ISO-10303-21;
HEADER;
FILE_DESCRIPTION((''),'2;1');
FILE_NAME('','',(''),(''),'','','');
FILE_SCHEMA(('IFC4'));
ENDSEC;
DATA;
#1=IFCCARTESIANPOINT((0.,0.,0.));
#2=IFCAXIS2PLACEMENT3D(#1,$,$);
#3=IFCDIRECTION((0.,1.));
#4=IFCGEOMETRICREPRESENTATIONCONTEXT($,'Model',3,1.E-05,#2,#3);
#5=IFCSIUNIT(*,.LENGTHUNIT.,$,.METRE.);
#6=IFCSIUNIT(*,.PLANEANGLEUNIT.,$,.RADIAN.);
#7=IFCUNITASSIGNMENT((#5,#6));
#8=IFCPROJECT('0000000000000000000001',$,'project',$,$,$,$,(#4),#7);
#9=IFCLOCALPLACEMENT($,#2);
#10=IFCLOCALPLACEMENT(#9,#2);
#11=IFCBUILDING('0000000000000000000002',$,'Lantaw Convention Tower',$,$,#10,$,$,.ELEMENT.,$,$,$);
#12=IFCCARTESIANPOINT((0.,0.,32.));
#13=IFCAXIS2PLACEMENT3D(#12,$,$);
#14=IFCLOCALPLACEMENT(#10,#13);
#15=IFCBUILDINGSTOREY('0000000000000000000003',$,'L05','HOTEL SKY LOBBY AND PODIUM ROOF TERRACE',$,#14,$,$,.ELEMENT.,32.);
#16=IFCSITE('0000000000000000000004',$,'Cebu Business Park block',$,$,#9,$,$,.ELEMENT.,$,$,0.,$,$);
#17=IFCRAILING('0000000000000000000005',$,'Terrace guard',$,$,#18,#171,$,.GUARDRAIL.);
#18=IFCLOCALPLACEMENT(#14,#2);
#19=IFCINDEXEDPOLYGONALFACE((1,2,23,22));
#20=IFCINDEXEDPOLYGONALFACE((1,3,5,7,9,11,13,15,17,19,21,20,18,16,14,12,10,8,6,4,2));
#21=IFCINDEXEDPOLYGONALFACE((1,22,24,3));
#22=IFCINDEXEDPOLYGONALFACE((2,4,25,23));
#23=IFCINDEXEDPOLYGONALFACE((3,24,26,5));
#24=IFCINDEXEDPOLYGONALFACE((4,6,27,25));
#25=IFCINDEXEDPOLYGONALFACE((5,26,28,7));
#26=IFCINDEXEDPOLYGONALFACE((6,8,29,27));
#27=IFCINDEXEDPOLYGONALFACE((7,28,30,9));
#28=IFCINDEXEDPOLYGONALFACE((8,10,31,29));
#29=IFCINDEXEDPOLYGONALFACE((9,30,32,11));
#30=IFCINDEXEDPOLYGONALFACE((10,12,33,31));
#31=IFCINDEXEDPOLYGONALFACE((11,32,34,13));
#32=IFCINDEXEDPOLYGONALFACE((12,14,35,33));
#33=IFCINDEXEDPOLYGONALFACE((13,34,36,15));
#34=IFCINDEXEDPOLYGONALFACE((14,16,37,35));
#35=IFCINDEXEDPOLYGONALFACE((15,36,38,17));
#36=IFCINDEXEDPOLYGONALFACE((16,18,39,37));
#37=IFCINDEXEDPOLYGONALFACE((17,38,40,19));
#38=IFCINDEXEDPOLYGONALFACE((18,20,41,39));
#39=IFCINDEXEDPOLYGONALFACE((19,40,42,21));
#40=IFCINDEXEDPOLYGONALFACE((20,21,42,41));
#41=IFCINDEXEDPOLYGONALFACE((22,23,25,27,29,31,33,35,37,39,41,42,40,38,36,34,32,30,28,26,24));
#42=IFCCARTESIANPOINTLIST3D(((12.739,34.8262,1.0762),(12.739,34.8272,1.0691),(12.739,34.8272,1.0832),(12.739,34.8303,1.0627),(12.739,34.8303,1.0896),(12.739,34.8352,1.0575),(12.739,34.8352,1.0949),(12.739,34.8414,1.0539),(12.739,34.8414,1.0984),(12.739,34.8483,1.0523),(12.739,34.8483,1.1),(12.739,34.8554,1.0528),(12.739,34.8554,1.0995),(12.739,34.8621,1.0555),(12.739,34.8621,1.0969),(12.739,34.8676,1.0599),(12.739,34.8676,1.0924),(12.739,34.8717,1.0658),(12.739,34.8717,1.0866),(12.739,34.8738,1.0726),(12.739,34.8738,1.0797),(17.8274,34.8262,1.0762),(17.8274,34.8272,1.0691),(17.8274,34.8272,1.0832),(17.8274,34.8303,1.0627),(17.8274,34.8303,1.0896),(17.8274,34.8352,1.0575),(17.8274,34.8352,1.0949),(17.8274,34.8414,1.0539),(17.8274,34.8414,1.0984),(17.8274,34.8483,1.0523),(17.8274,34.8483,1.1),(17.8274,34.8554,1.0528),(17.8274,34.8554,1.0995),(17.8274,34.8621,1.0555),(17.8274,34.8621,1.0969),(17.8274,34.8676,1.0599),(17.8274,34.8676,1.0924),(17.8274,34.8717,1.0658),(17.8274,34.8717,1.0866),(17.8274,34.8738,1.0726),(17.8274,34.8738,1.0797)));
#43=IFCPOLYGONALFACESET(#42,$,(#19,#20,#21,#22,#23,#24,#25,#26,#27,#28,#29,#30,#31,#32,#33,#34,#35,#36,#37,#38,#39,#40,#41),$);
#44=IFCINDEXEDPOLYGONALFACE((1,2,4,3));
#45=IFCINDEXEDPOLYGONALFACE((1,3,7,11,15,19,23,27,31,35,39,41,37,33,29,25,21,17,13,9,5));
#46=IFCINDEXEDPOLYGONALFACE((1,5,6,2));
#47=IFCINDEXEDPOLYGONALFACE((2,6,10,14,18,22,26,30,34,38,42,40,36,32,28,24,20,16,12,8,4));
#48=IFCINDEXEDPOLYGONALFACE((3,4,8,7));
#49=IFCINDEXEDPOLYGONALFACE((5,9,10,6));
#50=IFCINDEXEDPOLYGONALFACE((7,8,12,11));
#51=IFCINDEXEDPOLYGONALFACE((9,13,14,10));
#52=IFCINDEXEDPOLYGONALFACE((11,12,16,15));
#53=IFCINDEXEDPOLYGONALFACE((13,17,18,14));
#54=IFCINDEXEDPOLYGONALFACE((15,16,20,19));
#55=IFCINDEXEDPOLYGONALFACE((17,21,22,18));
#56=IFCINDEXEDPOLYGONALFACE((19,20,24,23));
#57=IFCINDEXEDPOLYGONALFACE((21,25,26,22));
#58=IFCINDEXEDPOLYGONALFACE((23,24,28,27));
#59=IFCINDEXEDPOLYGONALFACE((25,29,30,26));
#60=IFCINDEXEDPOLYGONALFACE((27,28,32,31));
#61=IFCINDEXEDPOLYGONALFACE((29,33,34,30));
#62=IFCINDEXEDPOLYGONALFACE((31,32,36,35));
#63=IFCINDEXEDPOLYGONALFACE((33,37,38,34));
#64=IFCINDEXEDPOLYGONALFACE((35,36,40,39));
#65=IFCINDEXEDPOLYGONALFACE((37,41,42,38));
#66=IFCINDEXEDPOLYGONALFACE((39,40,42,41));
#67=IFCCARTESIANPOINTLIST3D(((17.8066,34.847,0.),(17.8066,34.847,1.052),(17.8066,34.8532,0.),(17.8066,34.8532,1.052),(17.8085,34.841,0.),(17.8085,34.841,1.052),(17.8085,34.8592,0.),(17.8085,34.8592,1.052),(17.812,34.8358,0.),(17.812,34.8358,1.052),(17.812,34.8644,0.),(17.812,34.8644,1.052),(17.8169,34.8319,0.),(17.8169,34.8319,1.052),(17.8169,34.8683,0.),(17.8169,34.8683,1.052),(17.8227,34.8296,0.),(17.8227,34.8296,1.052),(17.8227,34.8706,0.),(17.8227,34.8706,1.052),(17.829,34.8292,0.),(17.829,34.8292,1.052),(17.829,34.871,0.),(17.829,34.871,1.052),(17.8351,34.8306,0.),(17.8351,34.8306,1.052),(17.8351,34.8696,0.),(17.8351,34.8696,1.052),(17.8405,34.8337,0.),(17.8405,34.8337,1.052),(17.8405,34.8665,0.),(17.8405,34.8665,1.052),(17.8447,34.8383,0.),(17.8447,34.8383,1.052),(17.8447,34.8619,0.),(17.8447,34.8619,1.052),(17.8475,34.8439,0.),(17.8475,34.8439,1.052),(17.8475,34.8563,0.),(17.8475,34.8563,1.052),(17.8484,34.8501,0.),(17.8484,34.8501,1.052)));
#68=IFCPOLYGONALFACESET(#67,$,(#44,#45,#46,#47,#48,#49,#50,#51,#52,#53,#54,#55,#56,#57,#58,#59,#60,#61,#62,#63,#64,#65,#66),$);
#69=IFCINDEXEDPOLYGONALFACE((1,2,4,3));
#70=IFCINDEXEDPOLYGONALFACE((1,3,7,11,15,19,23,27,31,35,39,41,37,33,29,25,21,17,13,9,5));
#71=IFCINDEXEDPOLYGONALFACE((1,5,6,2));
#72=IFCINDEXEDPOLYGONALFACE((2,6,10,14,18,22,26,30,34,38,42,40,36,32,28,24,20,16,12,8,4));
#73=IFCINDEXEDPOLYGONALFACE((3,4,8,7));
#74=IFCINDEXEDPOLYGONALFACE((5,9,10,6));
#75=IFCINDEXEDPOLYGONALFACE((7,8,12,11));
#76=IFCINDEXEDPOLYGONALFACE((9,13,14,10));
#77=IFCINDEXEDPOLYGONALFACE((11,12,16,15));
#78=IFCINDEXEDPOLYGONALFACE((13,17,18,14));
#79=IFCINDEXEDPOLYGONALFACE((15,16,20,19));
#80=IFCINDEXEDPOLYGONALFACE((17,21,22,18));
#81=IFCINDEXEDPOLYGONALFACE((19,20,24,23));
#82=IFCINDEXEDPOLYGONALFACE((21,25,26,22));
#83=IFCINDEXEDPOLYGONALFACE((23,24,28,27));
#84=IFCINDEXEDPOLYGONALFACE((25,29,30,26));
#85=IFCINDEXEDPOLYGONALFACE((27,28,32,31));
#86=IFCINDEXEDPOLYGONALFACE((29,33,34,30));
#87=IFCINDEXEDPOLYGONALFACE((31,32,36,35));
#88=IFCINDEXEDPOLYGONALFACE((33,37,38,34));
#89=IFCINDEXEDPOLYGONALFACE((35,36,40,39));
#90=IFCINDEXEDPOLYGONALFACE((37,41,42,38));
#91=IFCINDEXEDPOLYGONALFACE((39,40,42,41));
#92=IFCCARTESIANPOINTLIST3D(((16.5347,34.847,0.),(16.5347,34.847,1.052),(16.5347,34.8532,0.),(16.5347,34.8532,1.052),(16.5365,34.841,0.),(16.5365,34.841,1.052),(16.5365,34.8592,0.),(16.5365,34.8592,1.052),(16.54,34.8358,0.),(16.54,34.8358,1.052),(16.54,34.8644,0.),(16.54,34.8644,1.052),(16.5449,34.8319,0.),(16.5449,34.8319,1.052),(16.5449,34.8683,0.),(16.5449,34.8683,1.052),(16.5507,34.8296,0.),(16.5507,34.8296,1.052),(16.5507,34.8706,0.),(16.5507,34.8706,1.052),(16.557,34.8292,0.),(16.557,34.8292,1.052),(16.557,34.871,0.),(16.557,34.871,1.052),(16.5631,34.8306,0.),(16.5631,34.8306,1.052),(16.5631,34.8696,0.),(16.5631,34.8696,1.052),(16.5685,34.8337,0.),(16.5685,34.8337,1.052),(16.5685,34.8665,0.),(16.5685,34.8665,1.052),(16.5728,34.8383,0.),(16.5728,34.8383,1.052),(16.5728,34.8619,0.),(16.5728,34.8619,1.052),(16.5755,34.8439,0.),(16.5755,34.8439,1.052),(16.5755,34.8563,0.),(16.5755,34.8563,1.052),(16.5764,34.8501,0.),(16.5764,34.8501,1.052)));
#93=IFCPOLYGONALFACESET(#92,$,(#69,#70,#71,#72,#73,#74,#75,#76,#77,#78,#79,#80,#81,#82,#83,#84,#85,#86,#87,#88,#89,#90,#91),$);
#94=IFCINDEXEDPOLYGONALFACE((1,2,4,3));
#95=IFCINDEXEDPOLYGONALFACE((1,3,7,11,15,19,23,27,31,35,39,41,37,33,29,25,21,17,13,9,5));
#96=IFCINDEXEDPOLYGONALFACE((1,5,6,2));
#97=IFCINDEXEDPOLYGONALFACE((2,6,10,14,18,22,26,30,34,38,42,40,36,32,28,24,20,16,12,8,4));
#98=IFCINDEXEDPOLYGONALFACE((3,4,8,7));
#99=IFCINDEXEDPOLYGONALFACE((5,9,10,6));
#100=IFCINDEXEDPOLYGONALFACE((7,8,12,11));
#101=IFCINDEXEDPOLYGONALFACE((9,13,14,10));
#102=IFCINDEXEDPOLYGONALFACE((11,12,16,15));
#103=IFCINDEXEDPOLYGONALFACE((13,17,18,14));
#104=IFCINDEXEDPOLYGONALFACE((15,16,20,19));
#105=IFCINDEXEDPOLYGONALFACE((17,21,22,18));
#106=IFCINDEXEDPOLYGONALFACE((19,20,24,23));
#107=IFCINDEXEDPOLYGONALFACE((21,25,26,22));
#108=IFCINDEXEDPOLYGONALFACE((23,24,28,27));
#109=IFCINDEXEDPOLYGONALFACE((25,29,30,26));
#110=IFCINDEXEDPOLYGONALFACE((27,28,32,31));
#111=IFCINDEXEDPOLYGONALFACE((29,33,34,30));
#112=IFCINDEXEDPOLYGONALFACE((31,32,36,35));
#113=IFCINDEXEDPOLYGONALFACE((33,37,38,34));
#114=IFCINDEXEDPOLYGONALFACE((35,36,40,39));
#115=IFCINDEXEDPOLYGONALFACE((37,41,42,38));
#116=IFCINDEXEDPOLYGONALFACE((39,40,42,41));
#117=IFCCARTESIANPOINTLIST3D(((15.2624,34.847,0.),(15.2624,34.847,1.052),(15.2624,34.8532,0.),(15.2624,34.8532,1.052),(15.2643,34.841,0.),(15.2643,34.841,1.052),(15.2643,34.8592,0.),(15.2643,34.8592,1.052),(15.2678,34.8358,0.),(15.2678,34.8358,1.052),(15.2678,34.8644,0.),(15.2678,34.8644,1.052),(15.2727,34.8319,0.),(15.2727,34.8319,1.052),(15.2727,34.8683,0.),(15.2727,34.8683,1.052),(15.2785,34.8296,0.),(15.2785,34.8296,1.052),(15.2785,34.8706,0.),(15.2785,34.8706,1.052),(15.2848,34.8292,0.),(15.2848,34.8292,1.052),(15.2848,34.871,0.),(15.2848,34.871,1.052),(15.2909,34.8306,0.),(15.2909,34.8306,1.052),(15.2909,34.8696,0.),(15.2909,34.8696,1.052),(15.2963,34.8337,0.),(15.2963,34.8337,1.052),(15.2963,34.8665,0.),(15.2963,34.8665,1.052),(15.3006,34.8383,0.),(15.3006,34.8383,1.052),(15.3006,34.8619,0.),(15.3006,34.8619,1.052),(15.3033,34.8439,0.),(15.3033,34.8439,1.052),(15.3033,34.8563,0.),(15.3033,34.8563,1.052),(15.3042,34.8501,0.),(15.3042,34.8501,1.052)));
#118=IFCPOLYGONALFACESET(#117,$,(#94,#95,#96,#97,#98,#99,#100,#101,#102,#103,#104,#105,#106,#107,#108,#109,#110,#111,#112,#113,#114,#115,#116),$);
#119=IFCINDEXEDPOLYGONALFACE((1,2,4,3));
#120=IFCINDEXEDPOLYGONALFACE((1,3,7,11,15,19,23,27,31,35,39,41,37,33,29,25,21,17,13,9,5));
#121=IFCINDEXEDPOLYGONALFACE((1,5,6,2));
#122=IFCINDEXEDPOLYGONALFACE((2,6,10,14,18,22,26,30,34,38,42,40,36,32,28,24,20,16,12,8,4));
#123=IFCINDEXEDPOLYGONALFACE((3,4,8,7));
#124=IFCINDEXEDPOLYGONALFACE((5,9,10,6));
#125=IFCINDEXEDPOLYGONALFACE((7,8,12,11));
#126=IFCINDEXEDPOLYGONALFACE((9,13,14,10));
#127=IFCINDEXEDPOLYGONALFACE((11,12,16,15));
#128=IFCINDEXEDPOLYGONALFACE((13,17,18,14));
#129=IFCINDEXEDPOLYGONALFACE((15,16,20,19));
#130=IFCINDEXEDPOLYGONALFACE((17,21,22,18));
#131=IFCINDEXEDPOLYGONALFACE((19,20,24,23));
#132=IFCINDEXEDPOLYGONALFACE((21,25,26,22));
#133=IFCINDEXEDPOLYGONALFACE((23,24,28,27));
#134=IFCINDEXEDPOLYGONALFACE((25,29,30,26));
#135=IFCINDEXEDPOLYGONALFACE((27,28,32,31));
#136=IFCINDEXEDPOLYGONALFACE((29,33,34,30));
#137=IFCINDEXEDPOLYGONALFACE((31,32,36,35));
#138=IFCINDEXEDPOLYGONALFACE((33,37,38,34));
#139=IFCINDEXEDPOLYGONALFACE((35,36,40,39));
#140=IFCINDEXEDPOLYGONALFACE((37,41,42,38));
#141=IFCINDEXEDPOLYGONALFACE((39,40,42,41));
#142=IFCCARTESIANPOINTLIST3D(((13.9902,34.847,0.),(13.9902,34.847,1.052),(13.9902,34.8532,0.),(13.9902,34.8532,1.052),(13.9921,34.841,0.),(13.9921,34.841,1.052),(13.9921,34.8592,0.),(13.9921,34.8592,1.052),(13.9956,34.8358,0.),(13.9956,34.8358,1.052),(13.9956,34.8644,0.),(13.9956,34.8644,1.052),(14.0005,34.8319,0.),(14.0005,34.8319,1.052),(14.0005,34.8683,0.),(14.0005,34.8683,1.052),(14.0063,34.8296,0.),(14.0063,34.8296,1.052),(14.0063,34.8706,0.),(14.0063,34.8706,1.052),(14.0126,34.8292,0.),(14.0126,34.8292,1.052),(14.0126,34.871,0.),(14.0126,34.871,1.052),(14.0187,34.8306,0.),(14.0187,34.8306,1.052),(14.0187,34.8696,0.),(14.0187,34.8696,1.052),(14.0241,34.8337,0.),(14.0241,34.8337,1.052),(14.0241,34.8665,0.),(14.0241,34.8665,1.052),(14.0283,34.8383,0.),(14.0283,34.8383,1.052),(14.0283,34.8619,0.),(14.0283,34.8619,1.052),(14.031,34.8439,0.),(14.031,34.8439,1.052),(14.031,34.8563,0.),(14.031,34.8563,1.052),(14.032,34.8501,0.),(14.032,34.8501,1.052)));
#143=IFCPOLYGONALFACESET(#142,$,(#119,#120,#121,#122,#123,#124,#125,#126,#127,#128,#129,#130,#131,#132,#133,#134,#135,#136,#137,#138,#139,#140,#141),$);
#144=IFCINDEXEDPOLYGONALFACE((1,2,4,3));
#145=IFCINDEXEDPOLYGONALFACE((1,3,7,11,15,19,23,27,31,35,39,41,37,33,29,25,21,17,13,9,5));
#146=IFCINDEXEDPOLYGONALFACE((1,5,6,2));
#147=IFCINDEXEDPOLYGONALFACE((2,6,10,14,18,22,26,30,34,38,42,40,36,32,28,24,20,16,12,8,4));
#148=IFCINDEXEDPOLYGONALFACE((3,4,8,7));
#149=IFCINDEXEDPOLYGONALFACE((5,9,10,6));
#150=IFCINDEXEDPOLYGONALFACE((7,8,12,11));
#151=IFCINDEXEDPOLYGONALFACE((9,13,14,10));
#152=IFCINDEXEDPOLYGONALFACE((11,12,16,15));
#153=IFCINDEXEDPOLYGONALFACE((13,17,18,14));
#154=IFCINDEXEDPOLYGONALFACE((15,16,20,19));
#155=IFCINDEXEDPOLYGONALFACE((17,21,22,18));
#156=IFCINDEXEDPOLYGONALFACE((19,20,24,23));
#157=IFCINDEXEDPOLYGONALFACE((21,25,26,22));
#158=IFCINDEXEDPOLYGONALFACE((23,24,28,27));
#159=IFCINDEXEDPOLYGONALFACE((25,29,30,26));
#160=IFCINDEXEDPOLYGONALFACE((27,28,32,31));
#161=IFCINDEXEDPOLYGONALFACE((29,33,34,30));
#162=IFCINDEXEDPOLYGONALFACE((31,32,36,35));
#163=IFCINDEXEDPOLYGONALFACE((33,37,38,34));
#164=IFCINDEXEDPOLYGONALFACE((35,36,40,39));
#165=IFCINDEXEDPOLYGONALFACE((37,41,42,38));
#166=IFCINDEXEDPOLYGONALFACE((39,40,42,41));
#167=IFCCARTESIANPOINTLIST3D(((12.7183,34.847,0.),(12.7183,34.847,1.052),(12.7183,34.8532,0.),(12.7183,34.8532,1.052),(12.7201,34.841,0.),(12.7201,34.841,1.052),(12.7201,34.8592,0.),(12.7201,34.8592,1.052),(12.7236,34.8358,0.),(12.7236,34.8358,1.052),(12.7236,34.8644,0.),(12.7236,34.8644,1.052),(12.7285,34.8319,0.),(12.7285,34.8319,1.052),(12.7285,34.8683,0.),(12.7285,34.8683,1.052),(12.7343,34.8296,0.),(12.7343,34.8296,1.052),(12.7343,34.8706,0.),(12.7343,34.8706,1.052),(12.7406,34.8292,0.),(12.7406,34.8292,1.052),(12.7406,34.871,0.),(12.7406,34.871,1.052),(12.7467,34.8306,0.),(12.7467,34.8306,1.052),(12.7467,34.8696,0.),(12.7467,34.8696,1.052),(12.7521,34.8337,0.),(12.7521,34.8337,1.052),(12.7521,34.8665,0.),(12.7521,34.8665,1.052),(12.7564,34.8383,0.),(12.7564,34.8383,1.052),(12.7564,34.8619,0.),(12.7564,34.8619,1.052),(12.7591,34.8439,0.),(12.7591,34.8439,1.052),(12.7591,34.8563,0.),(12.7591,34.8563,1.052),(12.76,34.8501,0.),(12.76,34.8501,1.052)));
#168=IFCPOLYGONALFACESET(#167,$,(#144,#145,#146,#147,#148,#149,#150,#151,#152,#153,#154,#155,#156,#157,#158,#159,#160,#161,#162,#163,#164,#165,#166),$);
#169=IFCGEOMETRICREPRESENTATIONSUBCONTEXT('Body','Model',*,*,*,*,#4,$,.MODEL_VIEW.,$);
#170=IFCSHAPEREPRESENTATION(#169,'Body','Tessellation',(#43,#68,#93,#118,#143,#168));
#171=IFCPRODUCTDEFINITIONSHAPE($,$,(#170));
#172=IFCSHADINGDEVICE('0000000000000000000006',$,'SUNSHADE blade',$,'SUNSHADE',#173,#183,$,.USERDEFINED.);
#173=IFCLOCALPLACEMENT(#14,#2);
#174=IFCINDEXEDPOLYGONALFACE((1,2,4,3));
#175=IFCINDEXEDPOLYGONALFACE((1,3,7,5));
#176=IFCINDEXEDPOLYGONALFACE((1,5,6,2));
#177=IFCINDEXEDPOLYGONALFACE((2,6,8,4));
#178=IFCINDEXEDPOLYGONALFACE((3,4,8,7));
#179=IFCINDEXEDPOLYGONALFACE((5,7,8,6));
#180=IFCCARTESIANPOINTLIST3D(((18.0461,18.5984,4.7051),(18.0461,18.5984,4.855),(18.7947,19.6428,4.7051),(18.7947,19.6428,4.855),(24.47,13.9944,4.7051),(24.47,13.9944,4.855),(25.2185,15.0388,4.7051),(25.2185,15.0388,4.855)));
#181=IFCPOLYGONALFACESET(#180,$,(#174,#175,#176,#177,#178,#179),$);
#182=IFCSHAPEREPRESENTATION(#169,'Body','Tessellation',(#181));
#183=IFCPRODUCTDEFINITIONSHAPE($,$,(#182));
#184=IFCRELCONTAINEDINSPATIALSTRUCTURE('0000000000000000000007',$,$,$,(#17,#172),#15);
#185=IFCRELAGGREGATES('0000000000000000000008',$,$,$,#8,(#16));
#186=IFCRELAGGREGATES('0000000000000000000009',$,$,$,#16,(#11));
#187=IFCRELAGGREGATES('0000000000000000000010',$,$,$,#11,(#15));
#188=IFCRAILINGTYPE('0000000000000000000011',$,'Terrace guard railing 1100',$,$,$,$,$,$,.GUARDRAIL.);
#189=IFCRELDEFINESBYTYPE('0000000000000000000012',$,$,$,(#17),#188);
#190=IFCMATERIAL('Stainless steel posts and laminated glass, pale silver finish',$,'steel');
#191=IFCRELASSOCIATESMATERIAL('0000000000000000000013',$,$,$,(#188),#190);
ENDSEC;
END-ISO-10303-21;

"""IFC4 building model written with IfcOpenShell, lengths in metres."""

from ifc_helpers import new_model, si_unit, direction, frame, origin, origin_2d, place, context, subcontext, project, spatial, rectangle, circle, extrude, material, type_object, element, save


model = new_model("IFC4")

# Units and contexts
model_context = context("Model", 3, precision=1e-05, world=origin(), true_north=direction((0.0, 1.0)))
body_context = subcontext(model_context, "Body", "Model", "MODEL_VIEW")
ifc_project = project(units=[si_unit("LENGTHUNIT", "METRE"), si_unit("PLANEANGLEUNIT", "RADIAN")], contexts=[model_context])

# Site, building, storey
site_placement = place(None, origin())
site = spatial("IfcSite", under=ifc_project, at=site_placement, Name="Cebu Business Park block", CompositionType="ELEMENT", RefElevation=0.0)
building_placement = place(site_placement, origin())
building = spatial("IfcBuilding", under=site, at=building_placement, Name="Lantaw Convention Tower", CompositionType="ELEMENT")
storey_placement = place(building_placement, frame((0.0, 0.0, 32.0)))
storey = spatial("IfcBuildingStorey", under=building, at=storey_placement, Name="L05", Description="HOTEL SKY LOBBY AND PODIUM ROOF TERRACE", CompositionType="ELEMENT", Elevation=32.0)

# Railing
ifc_material_1 = material(Name="Stainless steel posts and laminated glass, pale silver finish", Category="steel")
railing_type_1 = type_object("IfcRailingType", Name="Terrace guard railing 1100", PredefinedType="GUARDRAIL", material=ifc_material_1)
railing_1_placement = place(storey_placement, frame((17.8274, 34.8501, 0.0)))
element("IfcRailing", 1, at=railing_1_placement, inside=storey, type_object=railing_type_1, Name="Terrace guard", PredefinedType="GUARDRAIL", context=body_context, shape_type="SweptSolid", body=[
    extrude(circle(Radius=0.0239, at=origin_2d()), frame((0.0, 0.0, 1.0762), z_axis=(-1.0, 0.0, 0.0), x_axis=(0.0, -1.0, 0.0)), (0.0, 0.0, 1.0), 5.0884),
    extrude(circle(Radius=0.021, at=origin_2d()), origin(), (0.0, 0.0, 1.0), 1.052),
    extrude(circle(Radius=0.021, at=origin_2d()), frame((-1.272, 0.0, 0.0)), (0.0, 0.0, 1.0), 1.052),
    extrude(circle(Radius=0.021, at=origin_2d()), frame((-2.5442, 0.0, 0.0)), (0.0, 0.0, 1.0), 1.052),
    extrude(circle(Radius=0.021, at=origin_2d()), frame((-3.8164, 0.0, 0.0)), (0.0, 0.0, 1.0), 1.052),
    extrude(circle(Radius=0.021, at=origin_2d()), frame((-5.0884, 0.0, 0.0)), (0.0, 0.0, 1.0), 1.052),
])

# Shading device
shading_device_placement = place(storey_placement, frame((21.6323, 16.8186, 4.7051), z_axis=(0.0, 0.0, 1.0), x_axis=(-0.812804, 0.582538, 0.0)))
element("IfcShadingDevice", 2, at=shading_device_placement, inside=storey, Name="SUNSHADE blade", ObjectType="SUNSHADE", PredefinedType="USERDEFINED", context=body_context, shape_type="SweptSolid", body=[
    extrude(rectangle(XDim=7.9033, YDim=1.2849, at=origin_2d()), origin(), (0.0, 0.0, 1.0), 0.1499),
])

save(model, "model.ifc")
